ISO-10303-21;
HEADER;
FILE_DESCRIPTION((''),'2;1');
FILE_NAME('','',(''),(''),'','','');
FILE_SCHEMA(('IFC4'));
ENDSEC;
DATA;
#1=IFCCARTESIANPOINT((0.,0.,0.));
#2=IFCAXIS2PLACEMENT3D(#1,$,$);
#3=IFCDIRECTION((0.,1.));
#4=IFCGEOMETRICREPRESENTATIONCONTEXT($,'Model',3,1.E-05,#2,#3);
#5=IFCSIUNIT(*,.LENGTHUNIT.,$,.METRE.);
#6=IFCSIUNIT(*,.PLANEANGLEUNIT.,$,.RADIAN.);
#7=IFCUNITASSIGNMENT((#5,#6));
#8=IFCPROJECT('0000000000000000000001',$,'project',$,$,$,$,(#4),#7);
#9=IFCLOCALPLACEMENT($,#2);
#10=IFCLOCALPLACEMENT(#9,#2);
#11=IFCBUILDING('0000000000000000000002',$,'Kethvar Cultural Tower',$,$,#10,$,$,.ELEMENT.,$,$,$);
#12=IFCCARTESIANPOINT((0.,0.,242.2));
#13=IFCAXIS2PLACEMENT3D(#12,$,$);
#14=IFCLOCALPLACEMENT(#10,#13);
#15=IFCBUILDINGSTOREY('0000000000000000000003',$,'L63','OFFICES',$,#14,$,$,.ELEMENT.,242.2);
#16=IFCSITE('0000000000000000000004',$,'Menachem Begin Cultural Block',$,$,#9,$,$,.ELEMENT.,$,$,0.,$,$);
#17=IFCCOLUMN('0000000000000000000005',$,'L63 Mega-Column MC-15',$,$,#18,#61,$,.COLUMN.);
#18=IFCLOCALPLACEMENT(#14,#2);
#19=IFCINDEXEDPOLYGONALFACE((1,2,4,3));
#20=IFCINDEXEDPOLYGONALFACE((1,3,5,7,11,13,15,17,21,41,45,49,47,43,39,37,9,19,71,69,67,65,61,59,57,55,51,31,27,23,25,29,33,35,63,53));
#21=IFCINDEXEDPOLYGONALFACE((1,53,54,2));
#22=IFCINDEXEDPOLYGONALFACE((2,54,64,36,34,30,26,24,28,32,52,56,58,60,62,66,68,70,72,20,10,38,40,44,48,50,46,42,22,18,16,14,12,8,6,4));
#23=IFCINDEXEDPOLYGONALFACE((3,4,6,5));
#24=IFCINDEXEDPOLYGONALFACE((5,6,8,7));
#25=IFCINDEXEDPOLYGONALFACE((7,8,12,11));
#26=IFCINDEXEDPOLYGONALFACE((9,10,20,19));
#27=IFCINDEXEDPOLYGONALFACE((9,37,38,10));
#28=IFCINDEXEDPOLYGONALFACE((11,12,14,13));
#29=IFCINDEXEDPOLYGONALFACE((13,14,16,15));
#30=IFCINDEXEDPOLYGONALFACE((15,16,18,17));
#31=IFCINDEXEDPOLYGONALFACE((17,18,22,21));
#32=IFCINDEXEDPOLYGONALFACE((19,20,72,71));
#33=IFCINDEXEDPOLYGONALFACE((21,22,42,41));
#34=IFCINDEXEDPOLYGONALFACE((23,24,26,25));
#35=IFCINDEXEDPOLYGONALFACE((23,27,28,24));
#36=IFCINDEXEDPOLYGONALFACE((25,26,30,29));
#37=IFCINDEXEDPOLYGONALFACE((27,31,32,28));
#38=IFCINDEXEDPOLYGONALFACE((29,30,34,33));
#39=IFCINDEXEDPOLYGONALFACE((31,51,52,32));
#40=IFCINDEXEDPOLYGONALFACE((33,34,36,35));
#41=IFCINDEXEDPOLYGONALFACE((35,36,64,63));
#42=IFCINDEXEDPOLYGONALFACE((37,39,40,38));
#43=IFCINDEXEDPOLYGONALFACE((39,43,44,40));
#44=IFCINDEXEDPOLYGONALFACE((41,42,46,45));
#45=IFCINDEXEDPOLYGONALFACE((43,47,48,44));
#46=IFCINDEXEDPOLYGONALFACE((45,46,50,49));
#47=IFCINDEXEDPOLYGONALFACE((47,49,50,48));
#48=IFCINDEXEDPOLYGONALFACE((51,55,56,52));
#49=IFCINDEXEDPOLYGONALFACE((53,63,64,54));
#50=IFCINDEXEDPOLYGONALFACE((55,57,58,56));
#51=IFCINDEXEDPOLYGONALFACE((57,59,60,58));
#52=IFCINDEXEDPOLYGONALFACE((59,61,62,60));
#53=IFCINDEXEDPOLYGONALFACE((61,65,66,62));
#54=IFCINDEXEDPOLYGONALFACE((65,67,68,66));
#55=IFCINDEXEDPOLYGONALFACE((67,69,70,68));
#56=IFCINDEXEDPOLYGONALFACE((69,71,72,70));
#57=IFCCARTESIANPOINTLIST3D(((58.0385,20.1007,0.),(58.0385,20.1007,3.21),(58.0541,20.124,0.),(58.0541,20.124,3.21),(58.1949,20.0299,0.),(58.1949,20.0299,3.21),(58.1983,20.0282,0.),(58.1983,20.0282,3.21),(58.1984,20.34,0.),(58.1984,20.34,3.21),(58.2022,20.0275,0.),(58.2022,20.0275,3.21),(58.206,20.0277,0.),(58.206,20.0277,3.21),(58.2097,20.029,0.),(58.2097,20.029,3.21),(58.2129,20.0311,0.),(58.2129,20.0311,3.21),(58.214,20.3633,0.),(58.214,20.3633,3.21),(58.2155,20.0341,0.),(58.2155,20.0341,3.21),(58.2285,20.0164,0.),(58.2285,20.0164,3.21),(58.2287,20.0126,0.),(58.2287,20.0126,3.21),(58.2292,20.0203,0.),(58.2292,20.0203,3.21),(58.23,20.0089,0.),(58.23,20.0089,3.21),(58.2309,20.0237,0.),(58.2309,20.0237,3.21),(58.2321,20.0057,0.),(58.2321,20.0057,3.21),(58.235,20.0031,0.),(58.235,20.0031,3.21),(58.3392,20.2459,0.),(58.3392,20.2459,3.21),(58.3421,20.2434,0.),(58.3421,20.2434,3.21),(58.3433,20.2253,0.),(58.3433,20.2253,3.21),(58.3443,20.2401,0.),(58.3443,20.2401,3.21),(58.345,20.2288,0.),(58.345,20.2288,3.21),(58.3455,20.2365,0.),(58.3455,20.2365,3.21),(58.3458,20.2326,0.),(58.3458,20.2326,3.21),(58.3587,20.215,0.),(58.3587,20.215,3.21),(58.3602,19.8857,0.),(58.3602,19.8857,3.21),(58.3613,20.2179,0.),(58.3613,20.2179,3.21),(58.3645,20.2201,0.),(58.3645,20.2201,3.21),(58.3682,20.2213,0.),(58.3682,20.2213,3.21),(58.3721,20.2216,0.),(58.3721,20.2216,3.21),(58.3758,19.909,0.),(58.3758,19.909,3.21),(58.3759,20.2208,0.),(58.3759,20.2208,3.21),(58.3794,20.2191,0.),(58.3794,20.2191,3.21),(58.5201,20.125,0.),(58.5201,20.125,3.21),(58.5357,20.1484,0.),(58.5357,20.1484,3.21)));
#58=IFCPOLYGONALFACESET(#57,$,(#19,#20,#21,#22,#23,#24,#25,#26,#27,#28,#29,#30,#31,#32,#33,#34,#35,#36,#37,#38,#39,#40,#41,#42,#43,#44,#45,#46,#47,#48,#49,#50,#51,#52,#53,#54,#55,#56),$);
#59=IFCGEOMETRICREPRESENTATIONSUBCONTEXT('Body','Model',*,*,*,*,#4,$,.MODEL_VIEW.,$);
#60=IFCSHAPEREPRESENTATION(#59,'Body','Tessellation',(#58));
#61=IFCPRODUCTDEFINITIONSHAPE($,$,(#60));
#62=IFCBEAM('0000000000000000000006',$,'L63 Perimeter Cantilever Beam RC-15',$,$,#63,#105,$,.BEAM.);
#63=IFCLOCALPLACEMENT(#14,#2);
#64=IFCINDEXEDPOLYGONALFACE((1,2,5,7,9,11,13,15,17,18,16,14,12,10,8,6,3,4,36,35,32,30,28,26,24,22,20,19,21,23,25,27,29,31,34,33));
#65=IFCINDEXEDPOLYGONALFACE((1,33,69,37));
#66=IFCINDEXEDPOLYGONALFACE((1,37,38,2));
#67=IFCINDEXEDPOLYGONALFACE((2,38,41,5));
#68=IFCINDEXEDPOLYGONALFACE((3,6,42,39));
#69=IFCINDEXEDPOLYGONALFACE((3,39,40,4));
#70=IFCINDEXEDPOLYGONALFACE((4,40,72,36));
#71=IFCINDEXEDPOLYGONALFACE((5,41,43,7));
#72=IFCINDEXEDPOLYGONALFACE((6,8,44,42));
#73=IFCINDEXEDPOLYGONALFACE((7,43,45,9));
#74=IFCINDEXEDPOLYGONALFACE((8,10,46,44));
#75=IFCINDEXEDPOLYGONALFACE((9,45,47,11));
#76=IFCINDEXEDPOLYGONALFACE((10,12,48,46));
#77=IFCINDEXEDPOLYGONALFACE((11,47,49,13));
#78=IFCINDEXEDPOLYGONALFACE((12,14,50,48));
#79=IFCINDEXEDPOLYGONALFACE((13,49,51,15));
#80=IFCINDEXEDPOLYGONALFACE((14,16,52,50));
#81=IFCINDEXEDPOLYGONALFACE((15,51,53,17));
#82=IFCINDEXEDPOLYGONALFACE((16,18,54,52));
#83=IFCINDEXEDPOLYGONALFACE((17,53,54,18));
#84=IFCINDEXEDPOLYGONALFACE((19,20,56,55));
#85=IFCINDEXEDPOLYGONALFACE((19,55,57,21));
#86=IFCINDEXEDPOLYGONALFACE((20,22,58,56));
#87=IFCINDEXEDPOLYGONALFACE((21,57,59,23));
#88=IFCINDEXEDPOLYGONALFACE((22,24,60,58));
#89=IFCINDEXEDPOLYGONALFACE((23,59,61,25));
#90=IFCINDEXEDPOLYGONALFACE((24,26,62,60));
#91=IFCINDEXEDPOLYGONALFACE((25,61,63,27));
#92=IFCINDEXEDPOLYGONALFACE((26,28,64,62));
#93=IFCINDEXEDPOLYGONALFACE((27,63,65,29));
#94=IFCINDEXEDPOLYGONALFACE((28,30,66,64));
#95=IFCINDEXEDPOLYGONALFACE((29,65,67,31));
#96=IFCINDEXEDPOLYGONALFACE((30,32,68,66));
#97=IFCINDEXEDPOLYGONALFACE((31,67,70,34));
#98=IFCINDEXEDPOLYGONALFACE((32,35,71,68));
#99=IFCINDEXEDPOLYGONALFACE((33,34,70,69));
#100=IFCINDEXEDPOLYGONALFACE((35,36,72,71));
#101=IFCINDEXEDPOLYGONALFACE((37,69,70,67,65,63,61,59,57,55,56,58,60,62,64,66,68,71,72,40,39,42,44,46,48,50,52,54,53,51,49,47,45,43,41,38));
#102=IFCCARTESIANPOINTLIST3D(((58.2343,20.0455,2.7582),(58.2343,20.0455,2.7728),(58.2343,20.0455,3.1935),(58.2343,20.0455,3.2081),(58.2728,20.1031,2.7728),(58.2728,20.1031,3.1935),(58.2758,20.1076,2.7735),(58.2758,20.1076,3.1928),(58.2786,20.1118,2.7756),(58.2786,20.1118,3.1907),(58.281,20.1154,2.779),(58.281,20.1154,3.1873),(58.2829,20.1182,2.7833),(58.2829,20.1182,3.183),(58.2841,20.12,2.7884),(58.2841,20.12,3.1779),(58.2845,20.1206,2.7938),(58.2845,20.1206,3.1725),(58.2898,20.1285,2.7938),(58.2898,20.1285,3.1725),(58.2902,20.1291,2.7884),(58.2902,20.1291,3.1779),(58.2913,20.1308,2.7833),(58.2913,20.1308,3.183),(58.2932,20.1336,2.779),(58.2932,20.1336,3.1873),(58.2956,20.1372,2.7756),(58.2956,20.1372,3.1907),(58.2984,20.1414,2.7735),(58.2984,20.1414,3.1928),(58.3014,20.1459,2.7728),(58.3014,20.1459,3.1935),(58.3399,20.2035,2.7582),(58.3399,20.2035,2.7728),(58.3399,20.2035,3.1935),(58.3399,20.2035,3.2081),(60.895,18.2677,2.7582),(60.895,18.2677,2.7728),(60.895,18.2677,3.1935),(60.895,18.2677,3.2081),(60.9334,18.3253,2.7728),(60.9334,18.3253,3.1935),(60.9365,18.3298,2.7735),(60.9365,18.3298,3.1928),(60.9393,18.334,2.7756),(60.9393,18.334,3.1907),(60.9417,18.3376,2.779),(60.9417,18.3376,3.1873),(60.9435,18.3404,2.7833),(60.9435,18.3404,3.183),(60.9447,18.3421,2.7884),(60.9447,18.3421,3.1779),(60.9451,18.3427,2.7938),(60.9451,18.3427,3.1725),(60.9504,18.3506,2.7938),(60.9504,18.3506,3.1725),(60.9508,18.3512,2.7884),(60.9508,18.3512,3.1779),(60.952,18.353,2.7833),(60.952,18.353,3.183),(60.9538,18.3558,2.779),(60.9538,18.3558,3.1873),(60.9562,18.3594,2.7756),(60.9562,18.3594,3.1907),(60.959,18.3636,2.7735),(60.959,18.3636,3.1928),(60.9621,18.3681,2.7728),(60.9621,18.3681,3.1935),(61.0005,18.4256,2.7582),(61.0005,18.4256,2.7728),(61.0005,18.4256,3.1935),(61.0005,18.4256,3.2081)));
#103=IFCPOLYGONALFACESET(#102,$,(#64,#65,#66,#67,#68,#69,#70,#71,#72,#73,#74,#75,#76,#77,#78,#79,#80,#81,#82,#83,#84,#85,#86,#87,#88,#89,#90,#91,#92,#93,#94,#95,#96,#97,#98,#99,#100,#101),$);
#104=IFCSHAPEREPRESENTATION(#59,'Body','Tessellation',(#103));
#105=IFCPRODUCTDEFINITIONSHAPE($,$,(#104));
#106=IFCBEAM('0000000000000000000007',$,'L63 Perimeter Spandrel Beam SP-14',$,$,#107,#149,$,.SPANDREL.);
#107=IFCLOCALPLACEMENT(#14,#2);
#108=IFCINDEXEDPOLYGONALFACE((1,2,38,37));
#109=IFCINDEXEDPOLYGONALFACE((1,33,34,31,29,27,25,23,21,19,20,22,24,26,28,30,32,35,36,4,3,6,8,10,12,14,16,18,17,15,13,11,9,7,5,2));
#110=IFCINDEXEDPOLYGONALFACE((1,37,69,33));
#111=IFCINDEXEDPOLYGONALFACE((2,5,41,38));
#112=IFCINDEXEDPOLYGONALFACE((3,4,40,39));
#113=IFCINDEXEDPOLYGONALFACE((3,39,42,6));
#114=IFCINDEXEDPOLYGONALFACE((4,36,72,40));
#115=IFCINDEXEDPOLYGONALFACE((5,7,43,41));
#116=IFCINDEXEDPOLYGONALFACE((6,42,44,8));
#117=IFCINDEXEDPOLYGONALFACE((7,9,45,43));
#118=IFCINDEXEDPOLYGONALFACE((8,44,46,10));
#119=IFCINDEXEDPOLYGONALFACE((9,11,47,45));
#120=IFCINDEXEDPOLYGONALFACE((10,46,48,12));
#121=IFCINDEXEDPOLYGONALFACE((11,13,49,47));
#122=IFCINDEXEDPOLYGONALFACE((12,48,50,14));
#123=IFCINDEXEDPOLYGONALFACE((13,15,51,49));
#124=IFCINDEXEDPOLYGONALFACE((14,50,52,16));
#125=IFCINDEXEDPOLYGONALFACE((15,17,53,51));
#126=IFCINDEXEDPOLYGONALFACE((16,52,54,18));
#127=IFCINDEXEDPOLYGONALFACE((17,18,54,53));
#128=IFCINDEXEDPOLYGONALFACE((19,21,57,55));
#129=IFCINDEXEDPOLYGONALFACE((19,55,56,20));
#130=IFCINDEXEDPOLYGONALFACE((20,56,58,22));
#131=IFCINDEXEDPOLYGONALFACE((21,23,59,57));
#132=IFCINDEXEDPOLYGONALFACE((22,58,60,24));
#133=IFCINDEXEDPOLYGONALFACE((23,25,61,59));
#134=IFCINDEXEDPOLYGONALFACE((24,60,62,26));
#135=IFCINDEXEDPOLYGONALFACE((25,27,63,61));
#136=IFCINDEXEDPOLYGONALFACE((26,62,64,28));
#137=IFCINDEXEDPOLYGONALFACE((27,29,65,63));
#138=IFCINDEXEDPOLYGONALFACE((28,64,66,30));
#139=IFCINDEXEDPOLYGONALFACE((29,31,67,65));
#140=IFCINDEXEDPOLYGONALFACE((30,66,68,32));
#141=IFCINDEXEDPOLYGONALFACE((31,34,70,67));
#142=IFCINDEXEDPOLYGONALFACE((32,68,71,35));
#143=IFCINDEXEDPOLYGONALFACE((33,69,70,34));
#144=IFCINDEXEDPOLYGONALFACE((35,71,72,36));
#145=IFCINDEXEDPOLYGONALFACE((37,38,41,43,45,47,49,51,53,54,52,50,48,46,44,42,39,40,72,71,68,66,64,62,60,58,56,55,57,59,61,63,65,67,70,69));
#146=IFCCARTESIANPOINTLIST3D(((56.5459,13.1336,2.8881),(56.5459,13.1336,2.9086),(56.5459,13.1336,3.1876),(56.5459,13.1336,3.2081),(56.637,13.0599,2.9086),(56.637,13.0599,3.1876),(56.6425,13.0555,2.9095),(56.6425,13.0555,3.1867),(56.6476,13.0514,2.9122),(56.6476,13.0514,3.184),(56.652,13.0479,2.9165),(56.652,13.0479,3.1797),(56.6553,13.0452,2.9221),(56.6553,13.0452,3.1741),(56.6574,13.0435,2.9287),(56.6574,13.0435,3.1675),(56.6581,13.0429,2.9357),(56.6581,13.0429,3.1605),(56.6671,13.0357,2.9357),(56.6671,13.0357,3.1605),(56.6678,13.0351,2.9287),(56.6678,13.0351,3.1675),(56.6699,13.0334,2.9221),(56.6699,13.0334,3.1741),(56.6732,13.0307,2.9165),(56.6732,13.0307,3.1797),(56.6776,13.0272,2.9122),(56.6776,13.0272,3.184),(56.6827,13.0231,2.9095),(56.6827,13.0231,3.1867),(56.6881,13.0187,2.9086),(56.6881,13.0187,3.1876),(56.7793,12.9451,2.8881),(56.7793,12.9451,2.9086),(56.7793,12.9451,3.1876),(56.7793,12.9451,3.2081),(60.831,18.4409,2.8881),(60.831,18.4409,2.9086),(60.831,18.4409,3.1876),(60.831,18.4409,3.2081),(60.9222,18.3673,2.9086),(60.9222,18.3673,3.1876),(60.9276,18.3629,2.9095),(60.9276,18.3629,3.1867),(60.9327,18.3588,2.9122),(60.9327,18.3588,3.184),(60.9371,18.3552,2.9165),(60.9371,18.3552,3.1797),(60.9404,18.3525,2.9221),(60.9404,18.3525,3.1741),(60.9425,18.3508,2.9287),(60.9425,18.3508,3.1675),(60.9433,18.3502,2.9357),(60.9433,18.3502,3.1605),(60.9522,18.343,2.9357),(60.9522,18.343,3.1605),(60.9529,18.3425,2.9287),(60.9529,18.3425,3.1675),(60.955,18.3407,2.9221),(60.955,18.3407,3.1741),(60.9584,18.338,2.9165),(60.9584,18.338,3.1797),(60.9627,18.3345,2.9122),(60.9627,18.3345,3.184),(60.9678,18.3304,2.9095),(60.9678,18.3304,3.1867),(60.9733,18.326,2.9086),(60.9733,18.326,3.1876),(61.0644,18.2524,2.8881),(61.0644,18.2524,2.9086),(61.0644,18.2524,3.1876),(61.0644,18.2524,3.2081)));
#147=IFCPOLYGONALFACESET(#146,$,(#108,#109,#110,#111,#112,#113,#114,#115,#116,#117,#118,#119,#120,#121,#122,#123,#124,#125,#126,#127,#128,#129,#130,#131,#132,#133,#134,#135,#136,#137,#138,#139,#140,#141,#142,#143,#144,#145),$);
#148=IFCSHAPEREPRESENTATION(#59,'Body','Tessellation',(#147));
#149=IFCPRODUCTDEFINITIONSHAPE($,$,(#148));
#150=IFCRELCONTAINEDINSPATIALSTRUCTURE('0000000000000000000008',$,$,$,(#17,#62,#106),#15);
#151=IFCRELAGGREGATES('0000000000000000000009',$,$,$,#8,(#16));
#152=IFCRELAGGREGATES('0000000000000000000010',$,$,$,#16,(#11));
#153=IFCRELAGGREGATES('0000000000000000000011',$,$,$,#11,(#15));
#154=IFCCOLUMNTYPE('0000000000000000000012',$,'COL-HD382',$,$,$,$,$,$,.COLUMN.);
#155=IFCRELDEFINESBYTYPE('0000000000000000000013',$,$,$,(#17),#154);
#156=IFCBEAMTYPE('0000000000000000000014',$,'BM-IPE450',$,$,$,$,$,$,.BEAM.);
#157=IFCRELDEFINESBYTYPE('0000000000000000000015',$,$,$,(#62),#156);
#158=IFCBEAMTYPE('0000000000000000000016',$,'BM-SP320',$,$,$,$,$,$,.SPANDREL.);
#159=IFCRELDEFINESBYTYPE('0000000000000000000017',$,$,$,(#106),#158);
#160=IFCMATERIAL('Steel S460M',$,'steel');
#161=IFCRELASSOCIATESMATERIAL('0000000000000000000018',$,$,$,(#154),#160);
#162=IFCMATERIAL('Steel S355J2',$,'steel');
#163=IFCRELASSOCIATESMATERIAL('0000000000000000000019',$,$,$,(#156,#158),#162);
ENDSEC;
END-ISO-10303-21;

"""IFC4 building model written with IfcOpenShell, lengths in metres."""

from ifc_helpers import new_model, si_unit, direction, frame, origin, origin_2d, place, context, subcontext, project, spatial, i_section, extrude, source, transform, mapped, material, material_profile, profile_set, type_object, element, save


model = new_model("IFC4")

# Units and contexts
model_context = context("Model", 3, precision=1e-05, world=origin(), true_north=direction((0.0, 1.0)))
body_context = subcontext(model_context, "Body", "Model", "MODEL_VIEW")
ifc_project = project(units=[si_unit("LENGTHUNIT", "METRE"), si_unit("PLANEANGLEUNIT", "RADIAN")], contexts=[model_context])

# Site, building, storey
site_placement = place(None, origin())
site = spatial("IfcSite", under=ifc_project, at=site_placement, Name="Menachem Begin Cultural Block", CompositionType="ELEMENT", RefElevation=0.0)
building_placement = place(site_placement, origin())
building = spatial("IfcBuilding", under=site, at=building_placement, Name="Kethvar Cultural Tower", CompositionType="ELEMENT")
storey_placement = place(building_placement, frame((0.0, 0.0, 242.2)))
storey = spatial("IfcBuildingStorey", under=building, at=storey_placement, Name="L63", Description="OFFICES", CompositionType="ELEMENT", Elevation=242.2)

# Column
ifc_material_1 = material(Name="Steel S460M", Category="steel")
ifc_material_profile_1 = material_profile(ifc_material_1, i_section(OverallWidth=0.387, OverallDepth=0.3159, WebThickness=0.0186, FlangeThickness=0.0281, FilletRadius=0.0149, at=origin_2d()), Name="Steel S460M — HD400x382")
ifc_profile_set_1 = profile_set([ifc_material_profile_1], Name="Steel S460M — HD400x382")
column_type = type_object("IfcColumnType", Name="COL-HD382", PredefinedType="COLUMN", material=ifc_profile_set_1)
shared_shape_1 = source(origin(), body_context, "Body", "SweptSolid", [
    extrude(i_section(OverallWidth=0.387, OverallDepth=0.3159, WebThickness=0.0186, FlangeThickness=0.0281, FilletRadius=0.0149, at=origin_2d()), origin(), (0.0, 0.0, 1.0), 3.21),
])
column_placement = place(storey_placement, frame((58.2871, 20.1245, 0.0), z_axis=(0.0, 0.0, 1.0), x_axis=(0.83147, -0.55557, 0.0)))
element("IfcColumn", 1, at=column_placement, inside=storey, type_object=column_type, Name="L63 Mega-Column MC-15", PredefinedType="COLUMN", context=body_context, shape_type="MappedRepresentation", body=[
    mapped(shared_shape_1, transform((0.0, 0.0, 0.0), scale=1.0)),
])

# Beams
ifc_material_2 = material(Name="Steel S355J2", Category="steel")
ifc_material_profile_2 = material_profile(ifc_material_2, i_section(OverallWidth=0.1899, OverallDepth=0.45, WebThickness=0.0095, FlangeThickness=0.0146, FilletRadius=0.021, at=origin_2d()), Name="Steel S355J2 — IPE450")
ifc_profile_set_2 = profile_set([ifc_material_profile_2], Name="Steel S355J2 — IPE450")
beam_type_1 = type_object("IfcBeamType", Name="BM-IPE450", PredefinedType="BEAM", material=ifc_profile_set_2)
shared_shape_2 = source(origin(), body_context, "Body", "SweptSolid", [
    extrude(i_section(OverallWidth=0.1899, OverallDepth=0.45, WebThickness=0.0095, FlangeThickness=0.0146, FilletRadius=0.021, at=origin_2d()), origin(), (0.0, 0.0, 1.0), 3.2),
])
beam_1_placement = place(storey_placement, frame((58.2871, 20.1245, 2.9832), z_axis=(0.831463, -0.55558, 0.0), x_axis=(0.55558, 0.831463, 0.0)))
element("IfcBeam", 2, at=beam_1_placement, inside=storey, type_object=beam_type_1, Name="L63 Perimeter Cantilever Beam RC-15", PredefinedType="BEAM", context=body_context, shape_type="MappedRepresentation", body=[
    mapped(shared_shape_2, transform((0.0, 0.0, 0.0), scale=1.0)),
])
ifc_material_profile_3 = material_profile(ifc_material_2, i_section(OverallWidth=0.3, OverallDepth=0.3201, WebThickness=0.0115, FlangeThickness=0.0205, FilletRadius=0.0271, at=origin_2d()), Name="Steel S355J2 — HEB320")
ifc_profile_set_3 = profile_set([ifc_material_profile_3], Name="Steel S355J2 — HEB320")
beam_type_2 = type_object("IfcBeamType", Name="BM-SP320", PredefinedType="SPANDREL", material=ifc_profile_set_3)
shared_shape_3 = source(origin(), body_context, "Body", "SweptSolid", [
    extrude(i_section(OverallWidth=0.3, OverallDepth=0.3201, WebThickness=0.0115, FlangeThickness=0.0205, FilletRadius=0.0271, at=origin_2d()), origin(), (0.0, 0.0, 1.0), 6.8213),
])
beam_2_placement = place(storey_placement, frame((56.6626, 13.0393, 3.0481), z_axis=(0.628198, 0.778054, 0.0), x_axis=(-0.778054, 0.628198, 0.0)))
element("IfcBeam", 3, at=beam_2_placement, inside=storey, type_object=beam_type_2, Name="L63 Perimeter Spandrel Beam SP-14", PredefinedType="SPANDREL", context=body_context, shape_type="MappedRepresentation", body=[
    mapped(shared_shape_3, transform((0.0, 0.0, 0.0), scale=1.0)),
])

save(model, "model.ifc")
